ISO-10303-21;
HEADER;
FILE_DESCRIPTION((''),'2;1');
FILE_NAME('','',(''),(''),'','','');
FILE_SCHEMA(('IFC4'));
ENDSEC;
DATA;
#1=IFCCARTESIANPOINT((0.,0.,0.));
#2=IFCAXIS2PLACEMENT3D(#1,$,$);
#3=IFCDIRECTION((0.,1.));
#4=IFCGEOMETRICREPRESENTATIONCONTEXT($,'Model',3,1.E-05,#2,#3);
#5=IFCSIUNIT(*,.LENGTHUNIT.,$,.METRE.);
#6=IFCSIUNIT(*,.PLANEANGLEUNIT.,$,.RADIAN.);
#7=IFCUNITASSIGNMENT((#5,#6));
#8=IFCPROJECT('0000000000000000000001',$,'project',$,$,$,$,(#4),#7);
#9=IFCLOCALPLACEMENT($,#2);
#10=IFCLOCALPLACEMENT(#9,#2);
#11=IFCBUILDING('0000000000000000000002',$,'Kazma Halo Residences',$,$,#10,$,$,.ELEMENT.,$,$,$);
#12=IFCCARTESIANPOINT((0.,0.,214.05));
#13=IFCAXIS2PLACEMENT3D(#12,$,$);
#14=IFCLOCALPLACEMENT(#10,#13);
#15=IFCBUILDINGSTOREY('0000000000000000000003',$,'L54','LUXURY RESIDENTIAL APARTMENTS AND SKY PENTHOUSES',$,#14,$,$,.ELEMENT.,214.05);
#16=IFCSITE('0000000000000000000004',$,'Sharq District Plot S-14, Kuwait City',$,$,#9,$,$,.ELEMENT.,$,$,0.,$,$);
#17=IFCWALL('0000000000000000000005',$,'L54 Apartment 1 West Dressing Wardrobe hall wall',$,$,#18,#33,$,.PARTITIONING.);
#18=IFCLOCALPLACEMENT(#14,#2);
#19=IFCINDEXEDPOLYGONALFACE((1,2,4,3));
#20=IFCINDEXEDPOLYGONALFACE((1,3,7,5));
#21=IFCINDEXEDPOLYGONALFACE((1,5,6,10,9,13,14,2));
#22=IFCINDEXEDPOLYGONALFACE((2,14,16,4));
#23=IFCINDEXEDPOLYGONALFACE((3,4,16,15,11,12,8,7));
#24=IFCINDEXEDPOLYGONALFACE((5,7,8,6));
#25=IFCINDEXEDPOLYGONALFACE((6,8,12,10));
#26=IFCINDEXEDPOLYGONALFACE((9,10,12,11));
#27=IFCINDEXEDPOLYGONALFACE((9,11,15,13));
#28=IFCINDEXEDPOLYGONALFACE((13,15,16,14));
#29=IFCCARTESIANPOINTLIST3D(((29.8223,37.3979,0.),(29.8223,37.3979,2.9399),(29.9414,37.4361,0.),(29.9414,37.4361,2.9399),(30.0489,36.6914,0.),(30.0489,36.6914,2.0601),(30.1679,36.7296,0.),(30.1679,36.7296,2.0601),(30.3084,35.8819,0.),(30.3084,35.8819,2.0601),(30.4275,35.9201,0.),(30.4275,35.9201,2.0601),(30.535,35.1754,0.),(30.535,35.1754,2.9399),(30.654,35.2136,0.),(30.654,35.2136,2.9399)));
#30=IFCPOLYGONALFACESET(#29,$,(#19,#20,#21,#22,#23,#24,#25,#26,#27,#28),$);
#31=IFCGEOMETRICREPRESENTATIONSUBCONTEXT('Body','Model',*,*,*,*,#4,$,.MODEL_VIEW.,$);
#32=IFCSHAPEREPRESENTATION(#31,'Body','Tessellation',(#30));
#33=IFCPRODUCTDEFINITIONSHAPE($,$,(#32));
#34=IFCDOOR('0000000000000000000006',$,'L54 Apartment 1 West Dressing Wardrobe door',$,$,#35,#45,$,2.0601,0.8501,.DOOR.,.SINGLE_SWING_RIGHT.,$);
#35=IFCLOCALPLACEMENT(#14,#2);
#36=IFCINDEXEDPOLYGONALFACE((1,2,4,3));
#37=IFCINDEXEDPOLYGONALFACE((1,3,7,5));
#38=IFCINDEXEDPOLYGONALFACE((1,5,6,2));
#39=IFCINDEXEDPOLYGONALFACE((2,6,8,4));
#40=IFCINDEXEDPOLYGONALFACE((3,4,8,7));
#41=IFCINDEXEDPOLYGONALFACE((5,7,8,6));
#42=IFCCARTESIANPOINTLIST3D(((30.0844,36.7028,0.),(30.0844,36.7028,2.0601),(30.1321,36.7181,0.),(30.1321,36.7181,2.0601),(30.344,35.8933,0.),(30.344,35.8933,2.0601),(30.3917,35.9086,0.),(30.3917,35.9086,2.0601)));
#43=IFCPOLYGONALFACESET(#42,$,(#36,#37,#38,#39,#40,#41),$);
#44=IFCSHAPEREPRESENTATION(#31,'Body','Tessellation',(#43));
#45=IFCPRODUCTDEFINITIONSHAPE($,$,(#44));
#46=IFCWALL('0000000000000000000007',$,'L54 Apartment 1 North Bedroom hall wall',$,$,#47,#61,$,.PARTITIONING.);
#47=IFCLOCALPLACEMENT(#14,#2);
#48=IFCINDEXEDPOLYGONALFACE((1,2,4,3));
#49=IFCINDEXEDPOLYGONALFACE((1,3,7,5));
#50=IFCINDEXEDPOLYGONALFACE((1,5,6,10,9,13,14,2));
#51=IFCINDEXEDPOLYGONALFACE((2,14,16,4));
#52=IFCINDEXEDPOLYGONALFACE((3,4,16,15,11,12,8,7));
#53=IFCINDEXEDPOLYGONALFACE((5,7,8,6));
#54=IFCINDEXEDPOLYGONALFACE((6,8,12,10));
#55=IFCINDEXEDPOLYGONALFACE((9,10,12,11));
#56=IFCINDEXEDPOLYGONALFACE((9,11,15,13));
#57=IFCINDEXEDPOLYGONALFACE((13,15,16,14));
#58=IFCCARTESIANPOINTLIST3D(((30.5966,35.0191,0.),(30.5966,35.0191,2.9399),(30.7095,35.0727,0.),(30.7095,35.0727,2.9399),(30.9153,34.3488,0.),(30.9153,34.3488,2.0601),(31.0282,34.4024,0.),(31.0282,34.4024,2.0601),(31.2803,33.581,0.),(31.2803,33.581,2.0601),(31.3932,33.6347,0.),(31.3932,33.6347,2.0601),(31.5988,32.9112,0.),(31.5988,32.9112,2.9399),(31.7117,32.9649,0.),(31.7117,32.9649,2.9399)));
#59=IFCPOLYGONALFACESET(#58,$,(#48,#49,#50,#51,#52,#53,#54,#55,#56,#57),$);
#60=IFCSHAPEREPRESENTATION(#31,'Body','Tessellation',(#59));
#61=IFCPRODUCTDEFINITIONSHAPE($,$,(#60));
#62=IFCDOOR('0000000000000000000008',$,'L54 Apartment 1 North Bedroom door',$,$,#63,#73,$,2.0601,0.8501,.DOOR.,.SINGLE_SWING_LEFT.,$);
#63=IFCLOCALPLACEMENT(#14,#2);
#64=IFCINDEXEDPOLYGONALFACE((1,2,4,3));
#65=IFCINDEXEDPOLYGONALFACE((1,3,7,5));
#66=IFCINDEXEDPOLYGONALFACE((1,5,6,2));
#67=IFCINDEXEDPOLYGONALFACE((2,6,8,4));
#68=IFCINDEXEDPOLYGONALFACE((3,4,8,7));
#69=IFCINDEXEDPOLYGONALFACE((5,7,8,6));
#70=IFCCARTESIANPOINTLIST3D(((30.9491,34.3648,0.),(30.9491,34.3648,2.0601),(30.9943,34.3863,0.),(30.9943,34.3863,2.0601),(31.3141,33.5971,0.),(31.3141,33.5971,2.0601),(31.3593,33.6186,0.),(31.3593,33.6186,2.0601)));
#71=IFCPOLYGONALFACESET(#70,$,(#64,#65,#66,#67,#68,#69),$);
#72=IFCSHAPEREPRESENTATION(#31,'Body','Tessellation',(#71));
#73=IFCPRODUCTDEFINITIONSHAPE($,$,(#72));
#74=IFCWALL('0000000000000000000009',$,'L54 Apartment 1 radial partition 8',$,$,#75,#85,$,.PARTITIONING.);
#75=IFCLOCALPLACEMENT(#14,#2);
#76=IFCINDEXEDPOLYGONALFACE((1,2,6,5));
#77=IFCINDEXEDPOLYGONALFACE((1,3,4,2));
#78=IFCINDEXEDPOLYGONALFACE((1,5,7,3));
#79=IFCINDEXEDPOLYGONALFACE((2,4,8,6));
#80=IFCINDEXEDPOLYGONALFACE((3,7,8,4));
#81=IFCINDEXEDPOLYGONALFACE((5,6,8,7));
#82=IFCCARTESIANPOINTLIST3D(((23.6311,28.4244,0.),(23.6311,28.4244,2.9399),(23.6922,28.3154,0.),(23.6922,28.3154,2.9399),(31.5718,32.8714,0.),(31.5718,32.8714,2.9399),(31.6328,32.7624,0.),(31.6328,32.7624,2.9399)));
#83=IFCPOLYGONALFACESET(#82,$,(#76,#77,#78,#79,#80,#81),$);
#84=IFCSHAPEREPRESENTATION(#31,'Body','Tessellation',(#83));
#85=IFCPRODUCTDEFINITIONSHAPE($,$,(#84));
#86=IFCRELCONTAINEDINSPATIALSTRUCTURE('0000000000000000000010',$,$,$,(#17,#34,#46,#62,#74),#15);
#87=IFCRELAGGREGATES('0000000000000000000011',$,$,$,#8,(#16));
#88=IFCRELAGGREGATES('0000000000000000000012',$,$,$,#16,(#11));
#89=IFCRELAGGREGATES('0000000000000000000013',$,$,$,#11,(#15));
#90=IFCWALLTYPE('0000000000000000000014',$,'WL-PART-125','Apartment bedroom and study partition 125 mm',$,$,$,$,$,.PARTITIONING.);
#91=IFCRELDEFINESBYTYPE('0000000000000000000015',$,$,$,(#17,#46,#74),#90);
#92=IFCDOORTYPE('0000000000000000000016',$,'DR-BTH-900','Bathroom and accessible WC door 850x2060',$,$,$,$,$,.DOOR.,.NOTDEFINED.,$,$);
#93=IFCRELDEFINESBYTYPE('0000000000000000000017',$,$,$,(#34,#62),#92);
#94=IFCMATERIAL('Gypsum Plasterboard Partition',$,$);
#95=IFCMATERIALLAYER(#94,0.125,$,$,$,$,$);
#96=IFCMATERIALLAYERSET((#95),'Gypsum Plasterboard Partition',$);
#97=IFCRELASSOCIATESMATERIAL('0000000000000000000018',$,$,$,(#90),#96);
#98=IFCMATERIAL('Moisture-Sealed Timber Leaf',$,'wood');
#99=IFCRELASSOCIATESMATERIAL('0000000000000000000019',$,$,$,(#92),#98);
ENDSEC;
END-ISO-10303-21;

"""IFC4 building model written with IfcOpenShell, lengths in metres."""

from ifc_helpers import new_model, si_unit, direction, frame, frame_2d, origin, place, context, subcontext, project, spatial, rectangle, extrude, material, layer, layer_set, type_object, element, fill, save


model = new_model("IFC4")

# Units and contexts
model_context = context("Model", 3, precision=1e-05, world=origin(), true_north=direction((0.0, 1.0)))
body_context = subcontext(model_context, "Body", "Model", "MODEL_VIEW")
ifc_project = project(units=[si_unit("LENGTHUNIT", "METRE"), si_unit("PLANEANGLEUNIT", "RADIAN")], contexts=[model_context])

# Site, building, storey
site_placement = place(None, origin())
site = spatial("IfcSite", under=ifc_project, at=site_placement, Name="Sharq District Plot S-14, Kuwait City", CompositionType="ELEMENT", RefElevation=0.0)
building_placement = place(site_placement, origin())
building = spatial("IfcBuilding", under=site, at=building_placement, Name="Kazma Halo Residences", CompositionType="ELEMENT")
storey_placement = place(building_placement, frame((0.0, 0.0, 214.05)))
storey = spatial("IfcBuildingStorey", under=building, at=storey_placement, Name="L54", Description="LUXURY RESIDENTIAL APARTMENTS AND SKY PENTHOUSES", CompositionType="ELEMENT", Elevation=214.05)

# Shared definitions
ifc_material_1 = material(Name="Gypsum Plasterboard Partition")
ifc_layer_1 = layer(ifc_material_1, 0.125)
ifc_layer_set_1 = layer_set([ifc_layer_1], Name="Gypsum Plasterboard Partition")
wall_type_1 = type_object("IfcWallType", Name="WL-PART-125", Description="Apartment bedroom and study partition 125 mm", PredefinedType="PARTITIONING", material=ifc_layer_set_1)

# Walls, openings, doors
ifc_material_2 = material(Name="Moisture-Sealed Timber Leaf", Category="wood")
door_type = type_object("IfcDoorType", Name="DR-BTH-900", Description="Bathroom and accessible WC door 850x2060", OperationType="NOTDEFINED", PredefinedType="DOOR", material=ifc_material_2)
wall_1_placement = place(storey_placement, frame((29.8818, 37.417, 0.0), z_axis=(0.0, 0.0, 1.0), x_axis=(0.305349, -0.952241, 0.0)))
wall_1 = element("IfcWall", 1, at=wall_1_placement, inside=storey, type_object=wall_type_1, Name="L54 Apartment 1 West Dressing Wardrobe hall wall", PredefinedType="PARTITIONING", context=body_context, shape_type="SweptSolid", body=[
    extrude(rectangle(XDim=2.334, YDim=0.125, at=frame_2d((1.167, 0.0))), origin(), (0.0, 0.0, 1.0), 2.9399),
])
opening_1_placement = place(wall_1_placement, frame((0.7419, 0.0, 0.0)))
opening_1 = element("IfcOpeningElement", 2, at=opening_1_placement, cuts=wall_1, PredefinedType="OPENING", context=body_context, shape_type="SweptSolid", body=[
    extrude(rectangle(XDim=0.8501, YDim=2.0601, at=frame_2d((0.425, 1.03))), frame((0.0, 0.0725, 0.0), z_axis=(0.0, -1.0, 0.0), x_axis=(1.0, 0.0, 0.0)), (0.0, 0.0, 1.0), 0.145),
])
door_1_placement = place(opening_1_placement, origin())
door_1 = element("IfcDoor", 3, at=door_1_placement, inside=storey, type_object=door_type, Name="L54 Apartment 1 West Dressing Wardrobe door", OperationType="SINGLE_SWING_RIGHT", OverallHeight=2.0601, OverallWidth=0.8501, PredefinedType="DOOR", context=body_context, shape_type="SweptSolid", body=[
    extrude(rectangle(XDim=0.8501, YDim=2.0601, at=frame_2d((0.425, 1.03))), frame((0.0, 0.0249, 0.0), z_axis=(0.0, -1.0, 0.0), x_axis=(1.0, 0.0, 0.0)), (0.0, 0.0, 1.0), 0.05),
])
fill(opening_1, door_1)
wall_2_placement = place(storey_placement, frame((30.6531, 35.0459, 0.0), z_axis=(0.0, 0.0, 1.0), x_axis=(0.429385, -0.903121, 0.0)))
wall_2 = element("IfcWall", 4, at=wall_2_placement, inside=storey, type_object=wall_type_1, Name="L54 Apartment 1 North Bedroom hall wall", PredefinedType="PARTITIONING", context=body_context, shape_type="SweptSolid", body=[
    extrude(rectangle(XDim=2.334, YDim=0.125, at=frame_2d((1.167, 0.0))), origin(), (0.0, 0.0, 1.0), 2.9399),
])
opening_2_placement = place(wall_2_placement, frame((0.7422, 0.0, 0.0)))
opening_2 = element("IfcOpeningElement", 5, at=opening_2_placement, cuts=wall_2, PredefinedType="OPENING", context=body_context, shape_type="SweptSolid", body=[
    extrude(rectangle(XDim=0.8501, YDim=2.0601, at=frame_2d((0.425, 1.03))), frame((0.0, 0.0725, 0.0), z_axis=(0.0, -1.0, 0.0), x_axis=(1.0, 0.0, 0.0)), (0.0, 0.0, 1.0), 0.145),
])
door_2_placement = place(opening_2_placement, origin())
door_2 = element("IfcDoor", 6, at=door_2_placement, inside=storey, type_object=door_type, Name="L54 Apartment 1 North Bedroom door", OperationType="SINGLE_SWING_LEFT", OverallHeight=2.0601, OverallWidth=0.8501, PredefinedType="DOOR", context=body_context, shape_type="SweptSolid", body=[
    extrude(rectangle(XDim=0.8501, YDim=2.0601, at=frame_2d((0.425, 1.03))), frame((0.0, 0.0249, 0.0), z_axis=(0.0, -1.0, 0.0), x_axis=(1.0, 0.0, 0.0)), (0.0, 0.0, 1.0), 0.05),
])
fill(opening_2, door_2)

# Wall
wall_3_placement = place(storey_placement, frame((31.6023, 32.8169, 0.0), z_axis=(0.0, 0.0, 1.0), x_axis=(-0.872495, -0.488624, 0.0)))
element("IfcWall", 7, at=wall_3_placement, inside=storey, type_object=wall_type_1, Name="L54 Apartment 1 radial partition 8", PredefinedType="PARTITIONING", context=body_context, shape_type="SweptSolid", body=[
    extrude(rectangle(XDim=9.1011, YDim=0.125, at=frame_2d((4.5505, 0.0))), origin(), (0.0, 0.0, 1.0), 2.9399),
])

save(model, "model.ifc")
